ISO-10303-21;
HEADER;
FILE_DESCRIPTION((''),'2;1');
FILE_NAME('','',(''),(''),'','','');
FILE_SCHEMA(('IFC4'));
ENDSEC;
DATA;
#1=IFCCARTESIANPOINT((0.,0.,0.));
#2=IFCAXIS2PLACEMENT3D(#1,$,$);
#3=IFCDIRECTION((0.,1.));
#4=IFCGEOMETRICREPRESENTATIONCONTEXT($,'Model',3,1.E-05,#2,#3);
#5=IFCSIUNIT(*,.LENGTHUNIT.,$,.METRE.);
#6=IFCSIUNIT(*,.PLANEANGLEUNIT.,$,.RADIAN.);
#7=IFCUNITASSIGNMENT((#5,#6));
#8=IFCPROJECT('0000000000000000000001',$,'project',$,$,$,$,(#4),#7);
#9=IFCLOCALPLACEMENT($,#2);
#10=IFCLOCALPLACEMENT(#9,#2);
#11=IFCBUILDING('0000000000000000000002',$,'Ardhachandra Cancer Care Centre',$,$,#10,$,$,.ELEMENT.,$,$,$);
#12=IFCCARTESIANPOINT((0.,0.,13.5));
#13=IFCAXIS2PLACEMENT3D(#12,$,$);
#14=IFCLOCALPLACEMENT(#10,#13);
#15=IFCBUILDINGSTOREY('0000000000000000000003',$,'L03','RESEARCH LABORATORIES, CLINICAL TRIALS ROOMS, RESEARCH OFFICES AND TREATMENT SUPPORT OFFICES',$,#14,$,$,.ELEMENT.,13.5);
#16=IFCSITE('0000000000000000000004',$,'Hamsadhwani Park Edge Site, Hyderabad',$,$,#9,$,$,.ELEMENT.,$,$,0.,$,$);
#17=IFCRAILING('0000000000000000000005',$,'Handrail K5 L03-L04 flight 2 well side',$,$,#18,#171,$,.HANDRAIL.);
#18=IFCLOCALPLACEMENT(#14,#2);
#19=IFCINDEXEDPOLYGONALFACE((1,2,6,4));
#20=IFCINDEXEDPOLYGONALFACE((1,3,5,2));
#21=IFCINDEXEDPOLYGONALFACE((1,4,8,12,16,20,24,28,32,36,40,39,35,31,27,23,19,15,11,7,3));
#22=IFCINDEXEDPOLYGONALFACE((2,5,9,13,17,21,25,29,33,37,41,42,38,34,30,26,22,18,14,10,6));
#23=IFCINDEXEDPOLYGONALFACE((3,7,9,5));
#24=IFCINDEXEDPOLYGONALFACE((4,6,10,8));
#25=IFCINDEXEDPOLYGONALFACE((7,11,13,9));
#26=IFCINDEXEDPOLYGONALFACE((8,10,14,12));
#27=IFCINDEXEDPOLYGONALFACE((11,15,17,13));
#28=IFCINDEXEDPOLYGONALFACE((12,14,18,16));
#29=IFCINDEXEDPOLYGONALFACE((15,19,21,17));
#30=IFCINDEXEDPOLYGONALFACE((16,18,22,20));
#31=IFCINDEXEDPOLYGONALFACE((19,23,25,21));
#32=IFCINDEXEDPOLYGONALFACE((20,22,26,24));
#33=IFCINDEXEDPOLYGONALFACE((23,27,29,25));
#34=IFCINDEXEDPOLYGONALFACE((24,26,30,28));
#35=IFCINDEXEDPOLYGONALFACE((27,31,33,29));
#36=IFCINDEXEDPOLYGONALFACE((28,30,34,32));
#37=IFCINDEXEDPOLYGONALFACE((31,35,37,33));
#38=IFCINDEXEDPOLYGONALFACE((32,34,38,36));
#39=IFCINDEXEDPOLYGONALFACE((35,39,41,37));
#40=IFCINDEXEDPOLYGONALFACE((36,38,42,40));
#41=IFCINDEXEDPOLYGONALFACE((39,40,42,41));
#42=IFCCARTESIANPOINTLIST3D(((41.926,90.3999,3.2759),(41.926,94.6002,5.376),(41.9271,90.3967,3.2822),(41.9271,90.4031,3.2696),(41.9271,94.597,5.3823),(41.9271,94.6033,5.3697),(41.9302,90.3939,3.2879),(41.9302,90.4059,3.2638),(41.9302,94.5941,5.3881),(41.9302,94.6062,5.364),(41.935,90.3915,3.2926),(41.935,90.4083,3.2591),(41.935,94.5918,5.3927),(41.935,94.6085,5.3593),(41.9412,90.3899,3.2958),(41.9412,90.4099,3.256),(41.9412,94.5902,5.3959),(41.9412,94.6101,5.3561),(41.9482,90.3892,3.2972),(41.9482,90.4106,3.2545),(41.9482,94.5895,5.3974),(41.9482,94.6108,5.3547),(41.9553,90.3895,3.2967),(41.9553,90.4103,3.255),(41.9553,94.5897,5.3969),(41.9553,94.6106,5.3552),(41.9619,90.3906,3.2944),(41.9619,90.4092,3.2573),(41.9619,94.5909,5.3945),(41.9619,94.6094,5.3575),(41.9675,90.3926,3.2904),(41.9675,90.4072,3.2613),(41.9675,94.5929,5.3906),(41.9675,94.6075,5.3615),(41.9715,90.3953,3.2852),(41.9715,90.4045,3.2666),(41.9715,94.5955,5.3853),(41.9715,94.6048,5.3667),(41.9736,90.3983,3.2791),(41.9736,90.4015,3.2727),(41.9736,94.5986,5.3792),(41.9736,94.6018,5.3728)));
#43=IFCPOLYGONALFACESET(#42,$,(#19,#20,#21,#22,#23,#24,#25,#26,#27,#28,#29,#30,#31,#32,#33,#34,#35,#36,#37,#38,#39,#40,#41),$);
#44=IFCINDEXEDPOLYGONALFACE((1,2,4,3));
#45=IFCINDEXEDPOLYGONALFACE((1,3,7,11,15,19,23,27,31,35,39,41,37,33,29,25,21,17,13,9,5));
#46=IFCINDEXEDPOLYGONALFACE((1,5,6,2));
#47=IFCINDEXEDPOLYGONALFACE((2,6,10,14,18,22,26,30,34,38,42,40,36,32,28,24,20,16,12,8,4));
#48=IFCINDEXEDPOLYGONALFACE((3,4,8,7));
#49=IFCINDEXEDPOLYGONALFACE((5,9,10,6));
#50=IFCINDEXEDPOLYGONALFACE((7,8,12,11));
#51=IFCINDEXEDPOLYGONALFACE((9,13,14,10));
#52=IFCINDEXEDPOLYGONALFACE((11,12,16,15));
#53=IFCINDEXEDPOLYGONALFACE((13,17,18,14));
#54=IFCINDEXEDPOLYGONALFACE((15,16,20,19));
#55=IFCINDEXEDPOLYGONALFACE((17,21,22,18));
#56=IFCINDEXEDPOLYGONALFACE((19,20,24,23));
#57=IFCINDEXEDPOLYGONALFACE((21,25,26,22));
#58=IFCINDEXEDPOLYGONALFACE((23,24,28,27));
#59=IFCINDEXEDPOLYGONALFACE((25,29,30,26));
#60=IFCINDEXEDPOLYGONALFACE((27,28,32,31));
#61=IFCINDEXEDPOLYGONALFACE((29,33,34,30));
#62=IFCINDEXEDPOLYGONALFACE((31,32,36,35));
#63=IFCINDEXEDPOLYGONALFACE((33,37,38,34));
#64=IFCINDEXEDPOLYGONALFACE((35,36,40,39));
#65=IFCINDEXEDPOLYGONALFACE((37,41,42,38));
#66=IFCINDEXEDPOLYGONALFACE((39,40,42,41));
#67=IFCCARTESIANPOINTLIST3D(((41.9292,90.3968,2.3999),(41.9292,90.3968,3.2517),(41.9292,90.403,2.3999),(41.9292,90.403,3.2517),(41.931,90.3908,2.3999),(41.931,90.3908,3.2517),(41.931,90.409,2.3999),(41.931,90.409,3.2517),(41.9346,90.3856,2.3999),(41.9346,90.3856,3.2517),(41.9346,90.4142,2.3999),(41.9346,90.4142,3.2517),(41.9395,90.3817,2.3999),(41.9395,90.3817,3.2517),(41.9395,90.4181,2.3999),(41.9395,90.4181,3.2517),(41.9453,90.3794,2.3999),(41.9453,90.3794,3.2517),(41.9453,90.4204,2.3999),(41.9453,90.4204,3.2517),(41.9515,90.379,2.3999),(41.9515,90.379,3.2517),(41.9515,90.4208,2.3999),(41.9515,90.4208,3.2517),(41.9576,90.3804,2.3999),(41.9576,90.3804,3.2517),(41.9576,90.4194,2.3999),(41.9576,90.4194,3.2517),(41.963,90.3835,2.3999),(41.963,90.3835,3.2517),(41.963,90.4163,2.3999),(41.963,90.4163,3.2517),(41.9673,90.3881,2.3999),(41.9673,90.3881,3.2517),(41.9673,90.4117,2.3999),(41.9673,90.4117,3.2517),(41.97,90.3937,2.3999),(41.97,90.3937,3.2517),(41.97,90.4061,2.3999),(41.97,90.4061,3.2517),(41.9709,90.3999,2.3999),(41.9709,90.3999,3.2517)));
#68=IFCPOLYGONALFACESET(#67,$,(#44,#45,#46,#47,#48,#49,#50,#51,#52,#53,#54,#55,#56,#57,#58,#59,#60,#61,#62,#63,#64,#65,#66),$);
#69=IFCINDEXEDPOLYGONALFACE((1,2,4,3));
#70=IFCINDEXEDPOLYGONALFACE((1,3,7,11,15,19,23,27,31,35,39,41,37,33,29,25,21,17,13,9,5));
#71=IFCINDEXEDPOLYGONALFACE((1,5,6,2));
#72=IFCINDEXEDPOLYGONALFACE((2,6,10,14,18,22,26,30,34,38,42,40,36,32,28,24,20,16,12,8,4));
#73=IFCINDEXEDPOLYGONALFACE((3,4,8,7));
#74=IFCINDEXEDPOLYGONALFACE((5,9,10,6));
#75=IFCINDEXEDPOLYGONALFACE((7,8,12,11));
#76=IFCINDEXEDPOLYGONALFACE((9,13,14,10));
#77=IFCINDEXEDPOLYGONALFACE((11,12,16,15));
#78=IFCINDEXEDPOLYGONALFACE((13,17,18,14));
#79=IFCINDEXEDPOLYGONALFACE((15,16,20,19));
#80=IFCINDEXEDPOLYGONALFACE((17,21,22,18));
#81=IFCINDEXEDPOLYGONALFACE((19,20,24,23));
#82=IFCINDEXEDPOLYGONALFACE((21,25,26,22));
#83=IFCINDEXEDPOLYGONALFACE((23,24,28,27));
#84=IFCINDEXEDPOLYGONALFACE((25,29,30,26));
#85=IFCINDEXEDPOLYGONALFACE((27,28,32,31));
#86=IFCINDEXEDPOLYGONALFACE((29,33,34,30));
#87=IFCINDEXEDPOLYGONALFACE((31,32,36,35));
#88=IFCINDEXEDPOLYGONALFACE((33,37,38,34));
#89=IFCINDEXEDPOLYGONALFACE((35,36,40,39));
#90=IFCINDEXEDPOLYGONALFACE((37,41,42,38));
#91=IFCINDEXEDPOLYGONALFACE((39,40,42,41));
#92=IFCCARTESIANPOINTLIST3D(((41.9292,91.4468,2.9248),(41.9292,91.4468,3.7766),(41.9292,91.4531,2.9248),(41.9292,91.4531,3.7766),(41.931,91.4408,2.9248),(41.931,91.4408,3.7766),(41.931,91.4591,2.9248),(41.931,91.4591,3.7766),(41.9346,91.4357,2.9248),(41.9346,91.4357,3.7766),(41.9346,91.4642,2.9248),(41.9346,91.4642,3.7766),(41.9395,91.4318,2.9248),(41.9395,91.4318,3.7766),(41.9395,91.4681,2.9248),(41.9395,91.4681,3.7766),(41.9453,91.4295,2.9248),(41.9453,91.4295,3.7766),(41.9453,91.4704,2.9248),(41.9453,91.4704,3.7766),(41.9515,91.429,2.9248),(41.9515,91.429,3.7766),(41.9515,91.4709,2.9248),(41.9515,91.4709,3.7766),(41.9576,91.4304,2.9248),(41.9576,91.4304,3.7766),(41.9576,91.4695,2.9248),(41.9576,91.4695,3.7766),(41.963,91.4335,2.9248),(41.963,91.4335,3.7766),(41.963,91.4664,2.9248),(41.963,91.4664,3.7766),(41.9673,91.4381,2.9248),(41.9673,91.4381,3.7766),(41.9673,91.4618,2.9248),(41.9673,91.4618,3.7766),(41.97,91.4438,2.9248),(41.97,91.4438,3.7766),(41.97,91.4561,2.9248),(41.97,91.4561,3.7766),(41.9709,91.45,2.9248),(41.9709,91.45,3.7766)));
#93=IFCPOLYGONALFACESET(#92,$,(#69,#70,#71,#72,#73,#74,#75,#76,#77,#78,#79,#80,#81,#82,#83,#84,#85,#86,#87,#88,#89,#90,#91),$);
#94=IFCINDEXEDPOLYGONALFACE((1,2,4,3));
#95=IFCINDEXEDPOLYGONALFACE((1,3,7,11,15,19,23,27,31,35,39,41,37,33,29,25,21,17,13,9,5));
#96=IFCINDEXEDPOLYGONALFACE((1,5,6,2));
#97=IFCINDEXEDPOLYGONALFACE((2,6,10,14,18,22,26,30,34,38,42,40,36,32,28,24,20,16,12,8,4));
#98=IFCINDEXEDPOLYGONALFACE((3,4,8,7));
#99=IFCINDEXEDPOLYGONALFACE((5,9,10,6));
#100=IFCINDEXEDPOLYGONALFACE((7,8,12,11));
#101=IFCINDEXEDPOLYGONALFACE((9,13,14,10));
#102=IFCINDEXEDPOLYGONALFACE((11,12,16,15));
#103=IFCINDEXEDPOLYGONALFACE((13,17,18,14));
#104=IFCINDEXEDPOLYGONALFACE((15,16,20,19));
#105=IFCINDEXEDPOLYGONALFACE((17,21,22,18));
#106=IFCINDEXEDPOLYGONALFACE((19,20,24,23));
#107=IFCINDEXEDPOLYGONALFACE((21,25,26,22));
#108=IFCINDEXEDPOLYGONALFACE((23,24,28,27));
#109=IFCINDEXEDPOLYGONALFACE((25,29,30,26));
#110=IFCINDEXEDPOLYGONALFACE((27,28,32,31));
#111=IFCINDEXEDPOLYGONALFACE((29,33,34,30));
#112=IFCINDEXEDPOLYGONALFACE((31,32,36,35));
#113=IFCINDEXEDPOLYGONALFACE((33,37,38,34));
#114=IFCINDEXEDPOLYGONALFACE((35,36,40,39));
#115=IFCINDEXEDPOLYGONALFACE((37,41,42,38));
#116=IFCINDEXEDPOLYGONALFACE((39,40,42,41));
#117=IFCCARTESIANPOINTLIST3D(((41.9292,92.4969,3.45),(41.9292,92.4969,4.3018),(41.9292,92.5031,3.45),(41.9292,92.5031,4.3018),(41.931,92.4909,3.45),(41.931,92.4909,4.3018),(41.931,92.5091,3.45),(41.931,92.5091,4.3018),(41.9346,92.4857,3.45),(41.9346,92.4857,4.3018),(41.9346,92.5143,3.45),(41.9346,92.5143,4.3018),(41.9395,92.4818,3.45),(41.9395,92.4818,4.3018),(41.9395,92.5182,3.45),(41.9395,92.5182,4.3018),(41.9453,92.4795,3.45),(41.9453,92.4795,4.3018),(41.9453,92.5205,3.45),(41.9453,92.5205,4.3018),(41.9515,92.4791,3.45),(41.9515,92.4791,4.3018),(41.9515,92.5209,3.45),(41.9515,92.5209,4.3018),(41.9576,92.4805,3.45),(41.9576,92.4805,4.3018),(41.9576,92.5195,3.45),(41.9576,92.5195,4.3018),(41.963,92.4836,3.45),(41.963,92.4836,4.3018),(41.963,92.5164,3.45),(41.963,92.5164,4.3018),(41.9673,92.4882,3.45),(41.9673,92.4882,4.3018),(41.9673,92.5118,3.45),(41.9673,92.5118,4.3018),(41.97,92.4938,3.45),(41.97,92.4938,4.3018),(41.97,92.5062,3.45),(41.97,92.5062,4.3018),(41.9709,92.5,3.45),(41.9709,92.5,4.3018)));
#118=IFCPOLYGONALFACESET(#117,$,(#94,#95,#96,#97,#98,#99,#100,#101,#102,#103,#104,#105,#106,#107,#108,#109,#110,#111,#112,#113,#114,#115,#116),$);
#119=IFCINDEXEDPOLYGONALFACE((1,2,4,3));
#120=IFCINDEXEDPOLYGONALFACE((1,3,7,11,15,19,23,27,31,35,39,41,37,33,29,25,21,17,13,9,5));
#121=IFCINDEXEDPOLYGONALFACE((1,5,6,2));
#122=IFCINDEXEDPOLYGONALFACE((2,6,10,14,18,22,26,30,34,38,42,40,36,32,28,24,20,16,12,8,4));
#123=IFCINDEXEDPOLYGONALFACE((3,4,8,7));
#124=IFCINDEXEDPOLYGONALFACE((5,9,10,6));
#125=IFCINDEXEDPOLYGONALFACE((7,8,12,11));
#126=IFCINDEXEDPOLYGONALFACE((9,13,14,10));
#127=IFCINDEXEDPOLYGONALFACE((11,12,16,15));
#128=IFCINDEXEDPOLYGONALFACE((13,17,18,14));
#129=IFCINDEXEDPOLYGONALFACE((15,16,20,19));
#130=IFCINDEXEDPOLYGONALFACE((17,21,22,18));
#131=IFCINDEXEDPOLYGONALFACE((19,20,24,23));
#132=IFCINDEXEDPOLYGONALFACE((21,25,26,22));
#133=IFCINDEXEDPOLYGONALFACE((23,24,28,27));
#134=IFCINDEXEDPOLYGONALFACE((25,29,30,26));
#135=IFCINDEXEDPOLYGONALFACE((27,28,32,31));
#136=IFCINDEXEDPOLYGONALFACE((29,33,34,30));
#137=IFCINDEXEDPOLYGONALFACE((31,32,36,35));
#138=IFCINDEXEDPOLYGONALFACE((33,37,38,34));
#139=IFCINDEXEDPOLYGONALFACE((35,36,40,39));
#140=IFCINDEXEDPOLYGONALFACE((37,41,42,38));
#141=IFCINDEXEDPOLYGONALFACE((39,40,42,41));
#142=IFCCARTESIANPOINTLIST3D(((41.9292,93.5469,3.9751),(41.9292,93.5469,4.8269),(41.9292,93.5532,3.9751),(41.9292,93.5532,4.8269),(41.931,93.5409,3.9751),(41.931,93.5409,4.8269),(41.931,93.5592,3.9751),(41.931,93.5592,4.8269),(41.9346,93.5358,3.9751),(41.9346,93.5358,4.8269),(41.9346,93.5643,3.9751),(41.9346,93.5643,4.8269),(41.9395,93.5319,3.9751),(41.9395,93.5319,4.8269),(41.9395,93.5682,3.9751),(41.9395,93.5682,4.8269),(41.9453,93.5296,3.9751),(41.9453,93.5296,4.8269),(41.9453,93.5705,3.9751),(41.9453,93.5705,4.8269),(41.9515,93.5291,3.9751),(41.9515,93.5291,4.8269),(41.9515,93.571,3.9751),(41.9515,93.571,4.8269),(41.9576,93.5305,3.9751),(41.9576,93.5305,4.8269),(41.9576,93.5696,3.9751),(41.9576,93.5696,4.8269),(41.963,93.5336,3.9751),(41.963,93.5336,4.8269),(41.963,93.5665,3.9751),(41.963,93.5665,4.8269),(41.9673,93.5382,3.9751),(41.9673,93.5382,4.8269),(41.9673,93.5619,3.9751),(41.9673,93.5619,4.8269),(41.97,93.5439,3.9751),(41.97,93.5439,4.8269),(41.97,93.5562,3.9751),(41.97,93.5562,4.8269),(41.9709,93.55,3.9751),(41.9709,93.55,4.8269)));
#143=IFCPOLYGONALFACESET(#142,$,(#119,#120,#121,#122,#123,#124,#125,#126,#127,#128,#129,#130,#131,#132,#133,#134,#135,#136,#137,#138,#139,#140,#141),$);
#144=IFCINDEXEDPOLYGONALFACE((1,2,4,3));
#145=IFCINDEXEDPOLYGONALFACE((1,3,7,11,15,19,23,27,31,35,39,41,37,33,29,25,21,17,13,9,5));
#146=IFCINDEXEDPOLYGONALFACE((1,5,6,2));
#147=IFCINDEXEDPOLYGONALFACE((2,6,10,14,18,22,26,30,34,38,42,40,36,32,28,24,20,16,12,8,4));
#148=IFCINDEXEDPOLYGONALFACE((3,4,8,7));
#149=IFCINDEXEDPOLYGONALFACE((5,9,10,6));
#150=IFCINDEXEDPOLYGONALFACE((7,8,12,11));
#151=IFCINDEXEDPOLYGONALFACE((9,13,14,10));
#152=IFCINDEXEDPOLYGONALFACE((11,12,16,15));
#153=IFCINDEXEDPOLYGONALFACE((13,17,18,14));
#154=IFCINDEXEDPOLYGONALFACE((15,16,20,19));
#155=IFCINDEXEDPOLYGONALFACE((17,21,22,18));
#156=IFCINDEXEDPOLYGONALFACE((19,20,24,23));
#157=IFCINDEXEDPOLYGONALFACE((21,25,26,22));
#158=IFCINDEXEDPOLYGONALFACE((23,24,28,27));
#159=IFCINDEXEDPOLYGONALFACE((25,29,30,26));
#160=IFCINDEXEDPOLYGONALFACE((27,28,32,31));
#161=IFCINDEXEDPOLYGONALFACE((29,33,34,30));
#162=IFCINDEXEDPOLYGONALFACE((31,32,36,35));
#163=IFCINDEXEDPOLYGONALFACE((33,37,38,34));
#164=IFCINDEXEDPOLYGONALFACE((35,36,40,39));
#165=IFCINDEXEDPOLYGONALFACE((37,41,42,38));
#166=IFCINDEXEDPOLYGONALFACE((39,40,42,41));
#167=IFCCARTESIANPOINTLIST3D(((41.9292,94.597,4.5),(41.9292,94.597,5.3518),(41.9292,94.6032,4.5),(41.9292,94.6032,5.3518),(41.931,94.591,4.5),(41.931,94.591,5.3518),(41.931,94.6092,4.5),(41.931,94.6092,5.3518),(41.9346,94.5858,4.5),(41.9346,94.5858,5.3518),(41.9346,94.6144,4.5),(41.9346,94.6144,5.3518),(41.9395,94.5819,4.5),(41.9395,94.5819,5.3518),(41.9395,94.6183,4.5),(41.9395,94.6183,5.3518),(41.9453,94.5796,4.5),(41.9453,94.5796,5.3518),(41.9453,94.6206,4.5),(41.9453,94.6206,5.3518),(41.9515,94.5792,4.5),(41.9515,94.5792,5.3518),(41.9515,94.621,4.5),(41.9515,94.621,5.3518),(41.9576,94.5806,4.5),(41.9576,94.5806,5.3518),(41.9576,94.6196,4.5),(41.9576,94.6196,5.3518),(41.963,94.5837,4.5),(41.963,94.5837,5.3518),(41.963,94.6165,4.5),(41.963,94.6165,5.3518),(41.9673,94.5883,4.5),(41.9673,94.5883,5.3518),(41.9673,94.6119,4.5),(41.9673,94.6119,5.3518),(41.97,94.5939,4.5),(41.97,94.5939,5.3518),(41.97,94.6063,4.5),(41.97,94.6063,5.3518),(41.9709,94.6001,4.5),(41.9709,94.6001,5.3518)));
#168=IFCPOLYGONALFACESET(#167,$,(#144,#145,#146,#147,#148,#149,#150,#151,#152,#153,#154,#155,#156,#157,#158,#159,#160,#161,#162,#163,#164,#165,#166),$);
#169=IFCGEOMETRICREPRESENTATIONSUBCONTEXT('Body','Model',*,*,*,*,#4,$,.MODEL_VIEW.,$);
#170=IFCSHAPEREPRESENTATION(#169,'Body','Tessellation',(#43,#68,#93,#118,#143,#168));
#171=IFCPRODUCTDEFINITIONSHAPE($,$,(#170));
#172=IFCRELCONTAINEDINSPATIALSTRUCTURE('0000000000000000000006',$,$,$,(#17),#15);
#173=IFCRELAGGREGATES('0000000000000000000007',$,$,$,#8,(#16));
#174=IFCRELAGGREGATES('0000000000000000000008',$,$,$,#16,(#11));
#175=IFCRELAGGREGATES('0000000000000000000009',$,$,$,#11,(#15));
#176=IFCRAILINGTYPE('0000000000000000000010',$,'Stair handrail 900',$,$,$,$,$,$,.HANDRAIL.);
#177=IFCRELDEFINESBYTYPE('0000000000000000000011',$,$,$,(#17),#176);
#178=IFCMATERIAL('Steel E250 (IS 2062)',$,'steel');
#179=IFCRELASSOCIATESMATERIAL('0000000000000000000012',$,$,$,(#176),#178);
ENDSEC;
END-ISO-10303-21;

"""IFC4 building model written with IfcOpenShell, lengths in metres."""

from ifc_helpers import new_model, si_unit, direction, frame, origin, origin_2d, place, context, subcontext, project, spatial, circle, extrude, material, type_object, element, save


model = new_model("IFC4")

# Units and contexts
model_context = context("Model", 3, precision=1e-05, world=origin(), true_north=direction((0.0, 1.0)))
body_context = subcontext(model_context, "Body", "Model", "MODEL_VIEW")
ifc_project = project(units=[si_unit("LENGTHUNIT", "METRE"), si_unit("PLANEANGLEUNIT", "RADIAN")], contexts=[model_context])

# Site, building, storey
site_placement = place(None, origin())
site = spatial("IfcSite", under=ifc_project, at=site_placement, Name="Hamsadhwani Park Edge Site, Hyderabad", CompositionType="ELEMENT", RefElevation=0.0)
building_placement = place(site_placement, origin())
building = spatial("IfcBuilding", under=site, at=building_placement, Name="Ardhachandra Cancer Care Centre", CompositionType="ELEMENT")
storey_placement = place(building_placement, frame((0.0, 0.0, 13.5)))
storey = spatial("IfcBuildingStorey", under=building, at=storey_placement, Name="L03", Description="RESEARCH LABORATORIES, CLINICAL TRIALS ROOMS, RESEARCH OFFICES AND TREATMENT SUPPORT OFFICES", CompositionType="ELEMENT", Elevation=13.5)

# Railing
ifc_material_1 = material(Name="Steel E250 (IS 2062)", Category="steel")
railing_type_1 = type_object("IfcRailingType", Name="Stair handrail 900", PredefinedType="HANDRAIL", material=ifc_material_1)
for number, where, name in (
    (1, (41.95, 90.3999, 2.3999), "Handrail K5 L03-L04 flight 2 well side"),
):
    element("IfcRailing", number, at=place(storey_placement, frame(where)), inside=storey, type_object=railing_type_1, Name=name, PredefinedType="HANDRAIL", context=body_context, shape_type="SweptSolid", body=[
        extrude(circle(Radius=0.0239, at=origin_2d()), frame((0.0, 0.0, 0.876), z_axis=(0.0, 0.894427, 0.447214), x_axis=(-1.0, 0.0, 0.0)), (0.0, 0.0, 1.0), 4.696),
        extrude(circle(Radius=0.021, at=origin_2d()), origin(), (0.0, 0.0, 1.0), 0.8518),
        extrude(circle(Radius=0.021, at=origin_2d()), frame((0.0, 1.05, 0.5249)), (0.0, 0.0, 1.0), 0.8518),
        extrude(circle(Radius=0.021, at=origin_2d()), frame((0.0, 2.1001, 1.05)), (0.0, 0.0, 1.0), 0.8518),
        extrude(circle(Radius=0.021, at=origin_2d()), frame((0.0, 3.1501, 1.5752)), (0.0, 0.0, 1.0), 0.8518),
        extrude(circle(Radius=0.021, at=origin_2d()), frame((0.0, 4.2002, 2.1001)), (0.0, 0.0, 1.0), 0.8518),
    ])

save(model, "model.ifc")
